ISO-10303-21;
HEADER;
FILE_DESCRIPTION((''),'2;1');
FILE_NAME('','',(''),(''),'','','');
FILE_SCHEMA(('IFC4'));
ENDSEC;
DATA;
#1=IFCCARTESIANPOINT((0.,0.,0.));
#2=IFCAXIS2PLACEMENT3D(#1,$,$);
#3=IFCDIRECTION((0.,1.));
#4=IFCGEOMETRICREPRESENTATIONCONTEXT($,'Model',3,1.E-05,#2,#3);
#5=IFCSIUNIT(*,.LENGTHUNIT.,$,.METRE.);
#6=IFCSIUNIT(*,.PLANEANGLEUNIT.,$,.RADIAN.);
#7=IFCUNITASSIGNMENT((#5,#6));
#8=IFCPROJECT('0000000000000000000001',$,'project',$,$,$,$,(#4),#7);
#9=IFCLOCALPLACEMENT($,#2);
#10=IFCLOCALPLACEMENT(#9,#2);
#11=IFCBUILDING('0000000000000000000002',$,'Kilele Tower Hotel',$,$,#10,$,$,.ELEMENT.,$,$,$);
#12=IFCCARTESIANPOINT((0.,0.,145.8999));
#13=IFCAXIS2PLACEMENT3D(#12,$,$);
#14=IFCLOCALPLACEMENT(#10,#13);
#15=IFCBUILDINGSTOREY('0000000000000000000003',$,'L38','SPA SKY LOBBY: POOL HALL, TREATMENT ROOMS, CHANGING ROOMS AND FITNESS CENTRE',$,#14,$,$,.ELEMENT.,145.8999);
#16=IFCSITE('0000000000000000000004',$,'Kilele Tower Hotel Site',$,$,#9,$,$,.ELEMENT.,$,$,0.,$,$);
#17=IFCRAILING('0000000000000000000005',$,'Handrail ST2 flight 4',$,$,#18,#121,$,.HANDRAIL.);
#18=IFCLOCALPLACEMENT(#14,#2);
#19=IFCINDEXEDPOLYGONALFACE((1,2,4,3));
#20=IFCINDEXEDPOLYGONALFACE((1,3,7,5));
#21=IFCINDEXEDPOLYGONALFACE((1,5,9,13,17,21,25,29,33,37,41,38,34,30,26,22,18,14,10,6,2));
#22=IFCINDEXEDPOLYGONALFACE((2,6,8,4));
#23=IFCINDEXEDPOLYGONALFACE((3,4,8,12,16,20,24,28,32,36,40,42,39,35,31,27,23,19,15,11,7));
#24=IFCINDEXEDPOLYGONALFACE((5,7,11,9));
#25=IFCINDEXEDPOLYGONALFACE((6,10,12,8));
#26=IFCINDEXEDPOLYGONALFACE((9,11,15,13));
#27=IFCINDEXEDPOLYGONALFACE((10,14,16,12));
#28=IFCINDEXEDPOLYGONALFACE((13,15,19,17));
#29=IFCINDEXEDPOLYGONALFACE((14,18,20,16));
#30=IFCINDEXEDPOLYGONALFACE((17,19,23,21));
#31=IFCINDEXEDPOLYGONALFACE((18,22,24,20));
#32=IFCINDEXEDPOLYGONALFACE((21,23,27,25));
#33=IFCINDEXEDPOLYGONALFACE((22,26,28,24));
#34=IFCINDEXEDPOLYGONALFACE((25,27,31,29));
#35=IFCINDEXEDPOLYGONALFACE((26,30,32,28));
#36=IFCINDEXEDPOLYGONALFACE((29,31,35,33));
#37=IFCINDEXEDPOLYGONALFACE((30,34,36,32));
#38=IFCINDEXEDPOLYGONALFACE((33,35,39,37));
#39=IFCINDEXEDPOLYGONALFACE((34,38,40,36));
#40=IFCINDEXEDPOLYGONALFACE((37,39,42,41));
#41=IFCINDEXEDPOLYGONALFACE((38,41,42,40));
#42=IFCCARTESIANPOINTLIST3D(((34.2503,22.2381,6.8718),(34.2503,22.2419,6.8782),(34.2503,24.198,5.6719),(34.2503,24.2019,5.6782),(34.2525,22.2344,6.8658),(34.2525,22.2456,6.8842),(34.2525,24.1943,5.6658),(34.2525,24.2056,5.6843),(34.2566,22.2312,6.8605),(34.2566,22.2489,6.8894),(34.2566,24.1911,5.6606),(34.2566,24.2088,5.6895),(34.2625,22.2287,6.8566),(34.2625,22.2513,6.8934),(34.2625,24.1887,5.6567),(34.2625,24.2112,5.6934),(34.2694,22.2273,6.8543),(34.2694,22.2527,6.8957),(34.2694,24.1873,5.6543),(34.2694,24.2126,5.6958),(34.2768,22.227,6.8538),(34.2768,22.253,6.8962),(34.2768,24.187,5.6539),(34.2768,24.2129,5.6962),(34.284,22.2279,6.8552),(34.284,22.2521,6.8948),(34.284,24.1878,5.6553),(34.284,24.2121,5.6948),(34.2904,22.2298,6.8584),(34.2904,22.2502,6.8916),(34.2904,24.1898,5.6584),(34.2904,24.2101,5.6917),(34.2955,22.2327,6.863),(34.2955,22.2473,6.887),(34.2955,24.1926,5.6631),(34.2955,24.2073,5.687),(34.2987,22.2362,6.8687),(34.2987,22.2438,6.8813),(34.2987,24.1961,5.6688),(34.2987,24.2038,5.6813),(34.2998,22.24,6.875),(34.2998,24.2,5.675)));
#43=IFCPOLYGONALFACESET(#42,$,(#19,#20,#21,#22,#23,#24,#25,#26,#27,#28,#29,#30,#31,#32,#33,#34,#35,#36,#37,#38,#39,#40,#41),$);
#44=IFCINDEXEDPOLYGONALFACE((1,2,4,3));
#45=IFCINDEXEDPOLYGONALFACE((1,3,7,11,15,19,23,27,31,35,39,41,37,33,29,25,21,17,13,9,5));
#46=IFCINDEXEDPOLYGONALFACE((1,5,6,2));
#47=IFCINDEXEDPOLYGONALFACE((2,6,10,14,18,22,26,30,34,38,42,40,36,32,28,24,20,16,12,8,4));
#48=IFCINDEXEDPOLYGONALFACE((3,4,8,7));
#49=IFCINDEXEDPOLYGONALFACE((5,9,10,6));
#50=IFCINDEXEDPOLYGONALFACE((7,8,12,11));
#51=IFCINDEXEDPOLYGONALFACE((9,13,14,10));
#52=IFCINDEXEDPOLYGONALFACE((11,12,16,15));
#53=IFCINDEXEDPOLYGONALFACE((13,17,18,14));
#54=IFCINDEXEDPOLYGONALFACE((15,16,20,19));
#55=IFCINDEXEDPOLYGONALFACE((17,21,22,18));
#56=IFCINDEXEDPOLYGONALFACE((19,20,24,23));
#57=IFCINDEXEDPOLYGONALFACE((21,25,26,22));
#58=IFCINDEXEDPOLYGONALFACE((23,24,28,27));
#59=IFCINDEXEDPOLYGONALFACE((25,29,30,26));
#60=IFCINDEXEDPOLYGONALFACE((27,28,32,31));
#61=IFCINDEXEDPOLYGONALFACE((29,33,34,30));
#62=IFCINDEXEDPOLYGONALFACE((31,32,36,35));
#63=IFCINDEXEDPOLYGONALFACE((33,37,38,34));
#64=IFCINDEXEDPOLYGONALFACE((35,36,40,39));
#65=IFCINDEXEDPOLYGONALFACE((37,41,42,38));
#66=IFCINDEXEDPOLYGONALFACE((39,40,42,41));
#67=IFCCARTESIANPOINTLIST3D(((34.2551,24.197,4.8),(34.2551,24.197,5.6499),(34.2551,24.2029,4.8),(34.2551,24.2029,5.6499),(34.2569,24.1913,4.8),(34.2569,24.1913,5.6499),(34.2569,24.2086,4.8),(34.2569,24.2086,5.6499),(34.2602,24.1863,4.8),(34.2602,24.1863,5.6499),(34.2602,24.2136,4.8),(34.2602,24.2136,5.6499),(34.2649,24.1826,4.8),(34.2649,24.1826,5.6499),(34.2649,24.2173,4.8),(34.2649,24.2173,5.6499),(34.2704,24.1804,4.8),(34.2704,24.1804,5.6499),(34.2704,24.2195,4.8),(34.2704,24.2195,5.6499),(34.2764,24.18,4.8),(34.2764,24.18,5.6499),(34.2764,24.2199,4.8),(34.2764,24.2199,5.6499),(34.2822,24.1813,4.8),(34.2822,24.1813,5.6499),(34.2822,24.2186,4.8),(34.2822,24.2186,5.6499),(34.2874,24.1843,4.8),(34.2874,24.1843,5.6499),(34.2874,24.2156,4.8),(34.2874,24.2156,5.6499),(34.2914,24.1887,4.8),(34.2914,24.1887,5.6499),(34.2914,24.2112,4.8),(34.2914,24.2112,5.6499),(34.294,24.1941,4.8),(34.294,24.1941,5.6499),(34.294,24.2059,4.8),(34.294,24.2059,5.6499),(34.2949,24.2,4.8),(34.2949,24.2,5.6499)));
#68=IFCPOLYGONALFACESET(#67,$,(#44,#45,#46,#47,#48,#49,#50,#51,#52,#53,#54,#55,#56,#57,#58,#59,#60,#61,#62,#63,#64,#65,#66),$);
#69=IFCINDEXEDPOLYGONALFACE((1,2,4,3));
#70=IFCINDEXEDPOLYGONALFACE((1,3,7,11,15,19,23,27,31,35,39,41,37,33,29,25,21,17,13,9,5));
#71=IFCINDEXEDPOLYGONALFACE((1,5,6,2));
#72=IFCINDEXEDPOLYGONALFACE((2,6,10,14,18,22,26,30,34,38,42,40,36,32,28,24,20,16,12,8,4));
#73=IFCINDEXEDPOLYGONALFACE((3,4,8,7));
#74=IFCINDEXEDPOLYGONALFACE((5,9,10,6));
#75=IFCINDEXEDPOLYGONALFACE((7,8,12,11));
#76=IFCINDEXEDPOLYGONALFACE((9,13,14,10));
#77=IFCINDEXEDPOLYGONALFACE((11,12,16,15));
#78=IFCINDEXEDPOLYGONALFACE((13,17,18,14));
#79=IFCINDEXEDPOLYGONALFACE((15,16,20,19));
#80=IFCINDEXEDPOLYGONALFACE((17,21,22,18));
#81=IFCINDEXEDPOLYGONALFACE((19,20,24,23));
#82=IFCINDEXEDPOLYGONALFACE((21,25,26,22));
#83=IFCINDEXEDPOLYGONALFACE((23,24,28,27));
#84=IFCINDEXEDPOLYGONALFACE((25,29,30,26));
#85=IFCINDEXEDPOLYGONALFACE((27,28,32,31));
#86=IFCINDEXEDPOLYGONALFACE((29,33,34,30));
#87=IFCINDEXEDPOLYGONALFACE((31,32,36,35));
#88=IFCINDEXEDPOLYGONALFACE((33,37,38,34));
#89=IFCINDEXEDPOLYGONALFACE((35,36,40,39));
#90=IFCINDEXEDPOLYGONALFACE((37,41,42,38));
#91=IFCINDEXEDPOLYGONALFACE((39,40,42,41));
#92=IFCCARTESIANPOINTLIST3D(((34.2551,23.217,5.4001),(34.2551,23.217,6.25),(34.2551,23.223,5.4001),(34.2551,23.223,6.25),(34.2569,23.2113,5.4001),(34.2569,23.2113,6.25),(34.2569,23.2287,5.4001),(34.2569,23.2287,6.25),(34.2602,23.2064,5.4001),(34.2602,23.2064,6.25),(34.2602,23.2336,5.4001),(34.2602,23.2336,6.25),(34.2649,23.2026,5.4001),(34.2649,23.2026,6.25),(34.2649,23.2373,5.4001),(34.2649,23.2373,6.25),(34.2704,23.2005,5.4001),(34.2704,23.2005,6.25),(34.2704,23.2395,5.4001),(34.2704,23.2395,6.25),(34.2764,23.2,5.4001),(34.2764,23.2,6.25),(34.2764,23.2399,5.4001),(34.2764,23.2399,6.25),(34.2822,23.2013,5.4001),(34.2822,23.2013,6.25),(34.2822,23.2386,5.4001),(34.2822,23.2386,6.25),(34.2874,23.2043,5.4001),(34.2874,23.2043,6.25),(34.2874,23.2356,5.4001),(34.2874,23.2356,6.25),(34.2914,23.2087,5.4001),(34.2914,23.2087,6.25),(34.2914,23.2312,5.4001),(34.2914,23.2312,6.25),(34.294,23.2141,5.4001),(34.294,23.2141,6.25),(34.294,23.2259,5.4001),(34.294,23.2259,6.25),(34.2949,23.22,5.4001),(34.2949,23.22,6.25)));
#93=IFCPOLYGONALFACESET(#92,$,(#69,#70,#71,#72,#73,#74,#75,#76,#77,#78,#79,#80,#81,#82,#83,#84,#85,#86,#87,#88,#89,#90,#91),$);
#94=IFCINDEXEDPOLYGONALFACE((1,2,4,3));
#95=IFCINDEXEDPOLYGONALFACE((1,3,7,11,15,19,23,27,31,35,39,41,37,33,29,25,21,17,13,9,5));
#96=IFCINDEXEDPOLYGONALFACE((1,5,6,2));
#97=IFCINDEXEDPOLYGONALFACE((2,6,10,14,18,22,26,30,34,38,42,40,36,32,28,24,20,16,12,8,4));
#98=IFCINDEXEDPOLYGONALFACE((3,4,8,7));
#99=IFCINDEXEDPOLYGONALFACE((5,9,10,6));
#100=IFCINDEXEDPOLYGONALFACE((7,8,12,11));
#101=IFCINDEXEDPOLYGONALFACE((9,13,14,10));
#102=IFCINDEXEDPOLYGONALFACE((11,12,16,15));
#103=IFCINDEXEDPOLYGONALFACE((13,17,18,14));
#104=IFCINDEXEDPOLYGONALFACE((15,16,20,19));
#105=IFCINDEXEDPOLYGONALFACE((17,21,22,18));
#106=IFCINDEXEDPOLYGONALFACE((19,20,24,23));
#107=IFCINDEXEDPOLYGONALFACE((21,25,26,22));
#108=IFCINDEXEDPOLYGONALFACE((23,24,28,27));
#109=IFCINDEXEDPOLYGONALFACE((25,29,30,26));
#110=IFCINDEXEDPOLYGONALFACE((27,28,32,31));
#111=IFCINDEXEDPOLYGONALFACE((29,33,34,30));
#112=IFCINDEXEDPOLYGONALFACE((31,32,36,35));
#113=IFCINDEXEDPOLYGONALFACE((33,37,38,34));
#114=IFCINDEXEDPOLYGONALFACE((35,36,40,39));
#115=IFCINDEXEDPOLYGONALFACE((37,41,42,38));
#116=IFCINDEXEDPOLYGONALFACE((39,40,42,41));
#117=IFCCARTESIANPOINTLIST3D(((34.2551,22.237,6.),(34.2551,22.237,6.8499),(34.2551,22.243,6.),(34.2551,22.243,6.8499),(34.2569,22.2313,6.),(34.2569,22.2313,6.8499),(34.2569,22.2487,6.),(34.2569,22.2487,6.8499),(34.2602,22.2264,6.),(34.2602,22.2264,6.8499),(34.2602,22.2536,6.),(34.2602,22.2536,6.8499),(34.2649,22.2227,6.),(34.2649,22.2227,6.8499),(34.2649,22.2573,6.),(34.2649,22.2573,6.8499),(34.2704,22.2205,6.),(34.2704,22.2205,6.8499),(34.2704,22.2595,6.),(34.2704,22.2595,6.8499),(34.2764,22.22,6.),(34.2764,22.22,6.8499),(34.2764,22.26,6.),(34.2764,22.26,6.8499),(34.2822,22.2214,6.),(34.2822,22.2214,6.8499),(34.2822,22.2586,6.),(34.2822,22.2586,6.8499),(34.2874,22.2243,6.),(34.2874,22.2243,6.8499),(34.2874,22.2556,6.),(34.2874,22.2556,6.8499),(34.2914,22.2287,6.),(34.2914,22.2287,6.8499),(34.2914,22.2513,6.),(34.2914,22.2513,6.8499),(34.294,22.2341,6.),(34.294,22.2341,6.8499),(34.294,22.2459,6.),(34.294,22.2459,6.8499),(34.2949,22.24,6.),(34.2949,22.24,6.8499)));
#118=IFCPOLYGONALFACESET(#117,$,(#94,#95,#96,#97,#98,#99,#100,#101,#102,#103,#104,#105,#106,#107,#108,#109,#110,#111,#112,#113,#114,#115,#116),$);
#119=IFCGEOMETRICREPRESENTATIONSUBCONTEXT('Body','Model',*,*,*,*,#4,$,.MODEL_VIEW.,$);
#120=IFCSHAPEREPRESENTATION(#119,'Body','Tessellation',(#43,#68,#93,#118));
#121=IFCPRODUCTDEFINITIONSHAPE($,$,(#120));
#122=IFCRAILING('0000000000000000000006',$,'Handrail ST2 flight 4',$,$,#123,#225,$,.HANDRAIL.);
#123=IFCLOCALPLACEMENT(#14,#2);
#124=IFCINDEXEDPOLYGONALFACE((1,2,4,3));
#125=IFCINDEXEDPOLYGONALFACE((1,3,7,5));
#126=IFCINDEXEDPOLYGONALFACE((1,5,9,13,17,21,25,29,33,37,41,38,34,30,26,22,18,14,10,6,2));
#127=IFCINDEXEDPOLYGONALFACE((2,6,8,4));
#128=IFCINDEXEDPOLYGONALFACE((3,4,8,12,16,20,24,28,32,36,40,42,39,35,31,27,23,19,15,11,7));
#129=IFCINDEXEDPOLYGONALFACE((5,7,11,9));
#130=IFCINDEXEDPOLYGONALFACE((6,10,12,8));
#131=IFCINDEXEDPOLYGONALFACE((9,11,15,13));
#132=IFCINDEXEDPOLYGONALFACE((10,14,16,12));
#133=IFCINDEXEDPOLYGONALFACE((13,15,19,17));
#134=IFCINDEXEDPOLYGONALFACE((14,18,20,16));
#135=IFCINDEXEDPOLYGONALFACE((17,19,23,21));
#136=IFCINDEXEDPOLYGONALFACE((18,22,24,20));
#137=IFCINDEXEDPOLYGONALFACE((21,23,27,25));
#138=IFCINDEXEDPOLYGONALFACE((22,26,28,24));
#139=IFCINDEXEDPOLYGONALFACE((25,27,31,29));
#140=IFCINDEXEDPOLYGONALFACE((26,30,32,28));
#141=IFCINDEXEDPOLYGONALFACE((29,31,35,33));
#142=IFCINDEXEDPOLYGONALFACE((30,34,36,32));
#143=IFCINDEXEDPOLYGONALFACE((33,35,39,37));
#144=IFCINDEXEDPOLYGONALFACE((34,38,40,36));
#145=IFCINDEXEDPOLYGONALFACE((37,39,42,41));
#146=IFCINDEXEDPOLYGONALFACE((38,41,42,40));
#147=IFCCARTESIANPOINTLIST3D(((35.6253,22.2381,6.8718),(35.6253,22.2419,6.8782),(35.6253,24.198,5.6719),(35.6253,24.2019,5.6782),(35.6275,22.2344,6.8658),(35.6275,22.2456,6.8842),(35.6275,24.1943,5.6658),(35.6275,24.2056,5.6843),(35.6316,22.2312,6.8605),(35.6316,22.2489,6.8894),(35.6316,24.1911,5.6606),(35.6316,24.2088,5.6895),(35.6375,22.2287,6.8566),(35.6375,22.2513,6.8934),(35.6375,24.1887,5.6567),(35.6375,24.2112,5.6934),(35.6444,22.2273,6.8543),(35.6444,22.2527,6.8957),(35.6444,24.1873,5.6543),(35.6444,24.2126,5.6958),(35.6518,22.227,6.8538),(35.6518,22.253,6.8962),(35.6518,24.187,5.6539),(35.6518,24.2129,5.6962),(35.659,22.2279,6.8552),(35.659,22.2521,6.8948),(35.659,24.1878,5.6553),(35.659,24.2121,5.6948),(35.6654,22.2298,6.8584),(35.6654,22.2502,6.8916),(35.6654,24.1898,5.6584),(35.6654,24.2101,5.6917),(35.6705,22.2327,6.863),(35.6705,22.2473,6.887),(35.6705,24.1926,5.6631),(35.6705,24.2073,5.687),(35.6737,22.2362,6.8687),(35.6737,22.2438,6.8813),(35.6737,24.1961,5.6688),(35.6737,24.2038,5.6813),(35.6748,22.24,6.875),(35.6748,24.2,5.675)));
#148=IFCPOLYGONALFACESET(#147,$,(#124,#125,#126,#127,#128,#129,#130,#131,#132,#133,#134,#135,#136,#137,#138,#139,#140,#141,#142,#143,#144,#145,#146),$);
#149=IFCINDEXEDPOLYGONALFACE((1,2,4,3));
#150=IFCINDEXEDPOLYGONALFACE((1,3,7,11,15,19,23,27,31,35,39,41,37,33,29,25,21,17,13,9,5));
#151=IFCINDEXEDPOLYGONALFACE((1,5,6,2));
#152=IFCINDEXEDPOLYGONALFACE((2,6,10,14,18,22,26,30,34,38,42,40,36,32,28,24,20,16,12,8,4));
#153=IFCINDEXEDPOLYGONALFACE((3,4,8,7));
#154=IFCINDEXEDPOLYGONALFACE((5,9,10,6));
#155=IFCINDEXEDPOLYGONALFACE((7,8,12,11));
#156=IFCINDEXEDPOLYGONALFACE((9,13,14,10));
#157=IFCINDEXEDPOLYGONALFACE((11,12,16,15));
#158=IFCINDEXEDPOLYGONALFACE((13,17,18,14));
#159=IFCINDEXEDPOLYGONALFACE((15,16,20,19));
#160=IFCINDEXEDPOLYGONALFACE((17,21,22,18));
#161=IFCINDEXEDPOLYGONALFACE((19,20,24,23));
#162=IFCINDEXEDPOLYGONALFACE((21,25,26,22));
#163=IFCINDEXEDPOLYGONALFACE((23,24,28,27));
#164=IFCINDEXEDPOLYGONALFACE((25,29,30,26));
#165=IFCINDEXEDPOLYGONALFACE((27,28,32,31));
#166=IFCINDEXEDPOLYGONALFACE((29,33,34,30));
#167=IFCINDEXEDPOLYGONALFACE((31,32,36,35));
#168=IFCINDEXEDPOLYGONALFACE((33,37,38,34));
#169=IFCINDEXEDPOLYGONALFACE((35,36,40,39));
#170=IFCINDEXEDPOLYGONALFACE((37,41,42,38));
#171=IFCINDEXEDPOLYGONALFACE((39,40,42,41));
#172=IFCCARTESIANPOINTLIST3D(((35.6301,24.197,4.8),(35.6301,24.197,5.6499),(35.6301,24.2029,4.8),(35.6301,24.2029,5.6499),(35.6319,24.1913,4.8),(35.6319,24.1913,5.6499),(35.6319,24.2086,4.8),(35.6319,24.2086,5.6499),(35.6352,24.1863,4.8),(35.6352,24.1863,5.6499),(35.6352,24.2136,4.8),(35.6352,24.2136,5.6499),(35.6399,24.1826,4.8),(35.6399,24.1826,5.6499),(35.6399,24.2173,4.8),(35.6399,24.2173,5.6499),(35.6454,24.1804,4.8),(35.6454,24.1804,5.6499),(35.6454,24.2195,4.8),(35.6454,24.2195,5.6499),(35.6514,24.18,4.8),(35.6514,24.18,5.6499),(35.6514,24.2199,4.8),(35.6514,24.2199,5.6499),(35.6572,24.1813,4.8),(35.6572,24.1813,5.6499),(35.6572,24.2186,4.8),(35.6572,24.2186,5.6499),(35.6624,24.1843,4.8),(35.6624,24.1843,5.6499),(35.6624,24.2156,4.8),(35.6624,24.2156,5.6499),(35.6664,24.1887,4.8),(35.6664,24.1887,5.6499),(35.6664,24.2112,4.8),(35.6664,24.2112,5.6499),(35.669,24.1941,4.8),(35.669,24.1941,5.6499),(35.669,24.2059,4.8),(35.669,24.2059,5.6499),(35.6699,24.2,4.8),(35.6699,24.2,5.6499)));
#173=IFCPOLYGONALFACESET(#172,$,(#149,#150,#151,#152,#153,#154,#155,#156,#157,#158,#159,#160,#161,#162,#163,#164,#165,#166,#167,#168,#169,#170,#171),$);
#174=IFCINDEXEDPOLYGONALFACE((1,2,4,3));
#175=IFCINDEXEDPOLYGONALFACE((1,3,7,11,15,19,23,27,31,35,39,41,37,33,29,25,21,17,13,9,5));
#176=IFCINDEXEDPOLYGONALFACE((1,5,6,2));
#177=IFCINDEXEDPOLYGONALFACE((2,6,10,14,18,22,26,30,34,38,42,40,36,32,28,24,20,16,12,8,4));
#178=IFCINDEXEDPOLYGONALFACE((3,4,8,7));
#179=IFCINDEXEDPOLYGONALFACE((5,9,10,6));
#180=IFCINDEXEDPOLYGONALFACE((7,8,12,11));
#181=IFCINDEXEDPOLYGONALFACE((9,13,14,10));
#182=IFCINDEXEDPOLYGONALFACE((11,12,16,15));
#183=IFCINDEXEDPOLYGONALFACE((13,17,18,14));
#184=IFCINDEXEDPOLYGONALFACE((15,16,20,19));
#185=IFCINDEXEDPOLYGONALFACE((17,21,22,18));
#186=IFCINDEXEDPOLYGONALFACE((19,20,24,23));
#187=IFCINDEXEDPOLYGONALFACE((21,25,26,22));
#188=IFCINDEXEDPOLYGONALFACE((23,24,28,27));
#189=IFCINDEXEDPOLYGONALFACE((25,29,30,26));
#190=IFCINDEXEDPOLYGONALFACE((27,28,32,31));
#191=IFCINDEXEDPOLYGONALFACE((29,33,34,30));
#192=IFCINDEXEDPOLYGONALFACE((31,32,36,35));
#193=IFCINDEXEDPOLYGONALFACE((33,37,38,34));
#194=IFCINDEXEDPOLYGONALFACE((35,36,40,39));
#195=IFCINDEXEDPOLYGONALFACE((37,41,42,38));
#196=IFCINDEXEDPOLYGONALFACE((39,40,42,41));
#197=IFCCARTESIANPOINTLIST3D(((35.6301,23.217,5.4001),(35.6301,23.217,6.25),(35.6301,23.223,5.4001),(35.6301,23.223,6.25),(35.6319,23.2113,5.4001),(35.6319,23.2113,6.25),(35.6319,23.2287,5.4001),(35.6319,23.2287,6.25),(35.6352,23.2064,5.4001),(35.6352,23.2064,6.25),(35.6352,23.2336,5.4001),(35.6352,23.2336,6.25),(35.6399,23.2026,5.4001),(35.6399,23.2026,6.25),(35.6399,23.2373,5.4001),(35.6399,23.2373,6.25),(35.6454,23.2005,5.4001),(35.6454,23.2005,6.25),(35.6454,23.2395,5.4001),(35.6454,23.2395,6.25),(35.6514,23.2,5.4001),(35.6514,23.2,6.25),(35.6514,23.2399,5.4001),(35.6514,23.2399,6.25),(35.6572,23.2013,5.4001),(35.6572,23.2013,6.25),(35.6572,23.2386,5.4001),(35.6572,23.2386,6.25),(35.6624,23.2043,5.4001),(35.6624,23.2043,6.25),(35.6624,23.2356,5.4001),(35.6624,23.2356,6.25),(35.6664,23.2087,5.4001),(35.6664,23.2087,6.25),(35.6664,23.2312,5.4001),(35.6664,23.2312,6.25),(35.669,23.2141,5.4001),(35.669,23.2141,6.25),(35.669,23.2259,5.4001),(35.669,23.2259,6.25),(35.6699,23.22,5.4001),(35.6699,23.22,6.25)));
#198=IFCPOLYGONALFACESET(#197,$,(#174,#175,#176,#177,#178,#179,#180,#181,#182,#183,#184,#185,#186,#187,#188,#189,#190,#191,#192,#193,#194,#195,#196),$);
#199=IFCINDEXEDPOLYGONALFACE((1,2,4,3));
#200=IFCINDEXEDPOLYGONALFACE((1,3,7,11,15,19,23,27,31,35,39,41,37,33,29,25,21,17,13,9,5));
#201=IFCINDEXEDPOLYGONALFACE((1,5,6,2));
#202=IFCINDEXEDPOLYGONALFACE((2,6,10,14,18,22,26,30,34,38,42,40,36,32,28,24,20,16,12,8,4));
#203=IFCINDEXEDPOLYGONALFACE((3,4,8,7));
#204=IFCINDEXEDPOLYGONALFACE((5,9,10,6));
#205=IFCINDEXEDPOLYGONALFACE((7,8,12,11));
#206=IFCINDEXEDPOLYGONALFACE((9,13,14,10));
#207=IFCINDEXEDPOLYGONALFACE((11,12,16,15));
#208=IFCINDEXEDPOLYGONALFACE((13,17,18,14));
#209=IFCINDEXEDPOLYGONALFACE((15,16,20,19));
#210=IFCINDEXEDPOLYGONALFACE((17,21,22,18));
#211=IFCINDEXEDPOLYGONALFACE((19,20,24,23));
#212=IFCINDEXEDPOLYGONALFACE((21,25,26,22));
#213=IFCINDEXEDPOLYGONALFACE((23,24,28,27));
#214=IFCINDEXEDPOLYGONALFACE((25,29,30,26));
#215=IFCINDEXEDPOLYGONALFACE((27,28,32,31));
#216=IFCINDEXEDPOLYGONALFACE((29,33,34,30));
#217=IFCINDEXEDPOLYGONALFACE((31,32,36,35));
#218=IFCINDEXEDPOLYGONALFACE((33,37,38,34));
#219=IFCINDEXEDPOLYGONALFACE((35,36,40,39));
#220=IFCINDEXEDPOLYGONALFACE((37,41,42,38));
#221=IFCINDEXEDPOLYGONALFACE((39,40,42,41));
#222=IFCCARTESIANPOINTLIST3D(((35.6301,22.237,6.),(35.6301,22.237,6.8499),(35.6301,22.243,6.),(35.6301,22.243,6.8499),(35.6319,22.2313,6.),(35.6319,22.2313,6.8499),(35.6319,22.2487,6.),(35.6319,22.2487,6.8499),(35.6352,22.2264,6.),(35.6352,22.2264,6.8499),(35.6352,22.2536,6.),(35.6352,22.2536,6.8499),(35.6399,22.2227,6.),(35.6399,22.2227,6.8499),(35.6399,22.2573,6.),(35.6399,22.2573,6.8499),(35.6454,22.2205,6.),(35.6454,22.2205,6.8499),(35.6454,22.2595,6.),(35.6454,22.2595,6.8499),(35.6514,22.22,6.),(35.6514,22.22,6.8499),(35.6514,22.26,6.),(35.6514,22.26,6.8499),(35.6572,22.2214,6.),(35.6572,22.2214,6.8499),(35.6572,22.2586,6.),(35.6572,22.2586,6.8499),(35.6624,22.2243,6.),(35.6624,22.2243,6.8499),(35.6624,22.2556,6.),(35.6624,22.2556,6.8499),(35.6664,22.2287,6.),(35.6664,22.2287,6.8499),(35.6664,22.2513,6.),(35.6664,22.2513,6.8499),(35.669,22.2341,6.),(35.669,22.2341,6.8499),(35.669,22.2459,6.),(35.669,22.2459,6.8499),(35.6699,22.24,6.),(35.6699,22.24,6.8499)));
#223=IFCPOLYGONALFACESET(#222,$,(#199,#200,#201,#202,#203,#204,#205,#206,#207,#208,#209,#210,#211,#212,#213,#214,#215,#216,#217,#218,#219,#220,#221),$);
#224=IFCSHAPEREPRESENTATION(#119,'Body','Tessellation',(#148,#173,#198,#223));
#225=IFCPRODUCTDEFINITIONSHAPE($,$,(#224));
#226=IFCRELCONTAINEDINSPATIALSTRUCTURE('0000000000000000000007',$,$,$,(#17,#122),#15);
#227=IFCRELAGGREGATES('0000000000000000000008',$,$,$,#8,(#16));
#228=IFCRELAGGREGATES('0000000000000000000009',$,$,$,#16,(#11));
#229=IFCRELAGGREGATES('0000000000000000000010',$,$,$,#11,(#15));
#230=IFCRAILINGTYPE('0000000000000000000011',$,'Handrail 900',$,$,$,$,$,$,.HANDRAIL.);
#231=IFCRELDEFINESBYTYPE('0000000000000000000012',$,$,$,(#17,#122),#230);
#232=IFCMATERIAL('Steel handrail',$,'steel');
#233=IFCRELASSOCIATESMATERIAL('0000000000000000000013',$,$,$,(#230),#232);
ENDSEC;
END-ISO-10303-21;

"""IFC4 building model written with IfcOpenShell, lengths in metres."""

from ifc_helpers import new_model, si_unit, direction, frame, origin, origin_2d, place, context, subcontext, project, spatial, circle, extrude, material, type_object, element, save


model = new_model("IFC4")

# Units and contexts
model_context = context("Model", 3, precision=1e-05, world=origin(), true_north=direction((0.0, 1.0)))
body_context = subcontext(model_context, "Body", "Model", "MODEL_VIEW")
ifc_project = project(units=[si_unit("LENGTHUNIT", "METRE"), si_unit("PLANEANGLEUNIT", "RADIAN")], contexts=[model_context])

# Site, building, storey
site_placement = place(None, origin())
site = spatial("IfcSite", under=ifc_project, at=site_placement, Name="Kilele Tower Hotel Site", CompositionType="ELEMENT", RefElevation=0.0)
building_placement = place(site_placement, origin())
building = spatial("IfcBuilding", under=site, at=building_placement, Name="Kilele Tower Hotel", CompositionType="ELEMENT")
storey_placement = place(building_placement, frame((0.0, 0.0, 145.8999)))
storey = spatial("IfcBuildingStorey", under=building, at=storey_placement, Name="L38", Description="SPA SKY LOBBY: POOL HALL, TREATMENT ROOMS, CHANGING ROOMS AND FITNESS CENTRE", CompositionType="ELEMENT", Elevation=145.8999)

# Railings
ifc_material_1 = material(Name="Steel handrail", Category="steel")
railing_type_1 = type_object("IfcRailingType", Name="Handrail 900", PredefinedType="HANDRAIL", material=ifc_material_1)
for number, where, name in (
    (1, (34.2749, 24.2, 4.8), "Handrail ST2 flight 4"),
    (2, (35.6499, 24.2, 4.8), "Handrail ST2 flight 4"),
):
    element("IfcRailing", number, at=place(storey_placement, frame(where)), inside=storey, type_object=railing_type_1, Name=name, PredefinedType="HANDRAIL", context=body_context, shape_type="SweptSolid", body=[
        extrude(circle(Radius=0.0249, at=origin_2d()), frame((0.0, 0.0, 0.875), z_axis=(0.0, -0.852856, 0.522146), x_axis=(1.0, 0.0, 0.0)), (0.0, 0.0, 1.0), 2.2981),
        extrude(circle(Radius=0.02, at=origin_2d()), origin(), (0.0, 0.0, 1.0), 0.8499),
        extrude(circle(Radius=0.02, at=origin_2d()), frame((0.0, -0.98, 0.6001)), (0.0, 0.0, 1.0), 0.8499),
        extrude(circle(Radius=0.02, at=origin_2d()), frame((0.0, -1.96, 1.2)), (0.0, 0.0, 1.0), 0.8499),
    ])

save(model, "model.ifc")
